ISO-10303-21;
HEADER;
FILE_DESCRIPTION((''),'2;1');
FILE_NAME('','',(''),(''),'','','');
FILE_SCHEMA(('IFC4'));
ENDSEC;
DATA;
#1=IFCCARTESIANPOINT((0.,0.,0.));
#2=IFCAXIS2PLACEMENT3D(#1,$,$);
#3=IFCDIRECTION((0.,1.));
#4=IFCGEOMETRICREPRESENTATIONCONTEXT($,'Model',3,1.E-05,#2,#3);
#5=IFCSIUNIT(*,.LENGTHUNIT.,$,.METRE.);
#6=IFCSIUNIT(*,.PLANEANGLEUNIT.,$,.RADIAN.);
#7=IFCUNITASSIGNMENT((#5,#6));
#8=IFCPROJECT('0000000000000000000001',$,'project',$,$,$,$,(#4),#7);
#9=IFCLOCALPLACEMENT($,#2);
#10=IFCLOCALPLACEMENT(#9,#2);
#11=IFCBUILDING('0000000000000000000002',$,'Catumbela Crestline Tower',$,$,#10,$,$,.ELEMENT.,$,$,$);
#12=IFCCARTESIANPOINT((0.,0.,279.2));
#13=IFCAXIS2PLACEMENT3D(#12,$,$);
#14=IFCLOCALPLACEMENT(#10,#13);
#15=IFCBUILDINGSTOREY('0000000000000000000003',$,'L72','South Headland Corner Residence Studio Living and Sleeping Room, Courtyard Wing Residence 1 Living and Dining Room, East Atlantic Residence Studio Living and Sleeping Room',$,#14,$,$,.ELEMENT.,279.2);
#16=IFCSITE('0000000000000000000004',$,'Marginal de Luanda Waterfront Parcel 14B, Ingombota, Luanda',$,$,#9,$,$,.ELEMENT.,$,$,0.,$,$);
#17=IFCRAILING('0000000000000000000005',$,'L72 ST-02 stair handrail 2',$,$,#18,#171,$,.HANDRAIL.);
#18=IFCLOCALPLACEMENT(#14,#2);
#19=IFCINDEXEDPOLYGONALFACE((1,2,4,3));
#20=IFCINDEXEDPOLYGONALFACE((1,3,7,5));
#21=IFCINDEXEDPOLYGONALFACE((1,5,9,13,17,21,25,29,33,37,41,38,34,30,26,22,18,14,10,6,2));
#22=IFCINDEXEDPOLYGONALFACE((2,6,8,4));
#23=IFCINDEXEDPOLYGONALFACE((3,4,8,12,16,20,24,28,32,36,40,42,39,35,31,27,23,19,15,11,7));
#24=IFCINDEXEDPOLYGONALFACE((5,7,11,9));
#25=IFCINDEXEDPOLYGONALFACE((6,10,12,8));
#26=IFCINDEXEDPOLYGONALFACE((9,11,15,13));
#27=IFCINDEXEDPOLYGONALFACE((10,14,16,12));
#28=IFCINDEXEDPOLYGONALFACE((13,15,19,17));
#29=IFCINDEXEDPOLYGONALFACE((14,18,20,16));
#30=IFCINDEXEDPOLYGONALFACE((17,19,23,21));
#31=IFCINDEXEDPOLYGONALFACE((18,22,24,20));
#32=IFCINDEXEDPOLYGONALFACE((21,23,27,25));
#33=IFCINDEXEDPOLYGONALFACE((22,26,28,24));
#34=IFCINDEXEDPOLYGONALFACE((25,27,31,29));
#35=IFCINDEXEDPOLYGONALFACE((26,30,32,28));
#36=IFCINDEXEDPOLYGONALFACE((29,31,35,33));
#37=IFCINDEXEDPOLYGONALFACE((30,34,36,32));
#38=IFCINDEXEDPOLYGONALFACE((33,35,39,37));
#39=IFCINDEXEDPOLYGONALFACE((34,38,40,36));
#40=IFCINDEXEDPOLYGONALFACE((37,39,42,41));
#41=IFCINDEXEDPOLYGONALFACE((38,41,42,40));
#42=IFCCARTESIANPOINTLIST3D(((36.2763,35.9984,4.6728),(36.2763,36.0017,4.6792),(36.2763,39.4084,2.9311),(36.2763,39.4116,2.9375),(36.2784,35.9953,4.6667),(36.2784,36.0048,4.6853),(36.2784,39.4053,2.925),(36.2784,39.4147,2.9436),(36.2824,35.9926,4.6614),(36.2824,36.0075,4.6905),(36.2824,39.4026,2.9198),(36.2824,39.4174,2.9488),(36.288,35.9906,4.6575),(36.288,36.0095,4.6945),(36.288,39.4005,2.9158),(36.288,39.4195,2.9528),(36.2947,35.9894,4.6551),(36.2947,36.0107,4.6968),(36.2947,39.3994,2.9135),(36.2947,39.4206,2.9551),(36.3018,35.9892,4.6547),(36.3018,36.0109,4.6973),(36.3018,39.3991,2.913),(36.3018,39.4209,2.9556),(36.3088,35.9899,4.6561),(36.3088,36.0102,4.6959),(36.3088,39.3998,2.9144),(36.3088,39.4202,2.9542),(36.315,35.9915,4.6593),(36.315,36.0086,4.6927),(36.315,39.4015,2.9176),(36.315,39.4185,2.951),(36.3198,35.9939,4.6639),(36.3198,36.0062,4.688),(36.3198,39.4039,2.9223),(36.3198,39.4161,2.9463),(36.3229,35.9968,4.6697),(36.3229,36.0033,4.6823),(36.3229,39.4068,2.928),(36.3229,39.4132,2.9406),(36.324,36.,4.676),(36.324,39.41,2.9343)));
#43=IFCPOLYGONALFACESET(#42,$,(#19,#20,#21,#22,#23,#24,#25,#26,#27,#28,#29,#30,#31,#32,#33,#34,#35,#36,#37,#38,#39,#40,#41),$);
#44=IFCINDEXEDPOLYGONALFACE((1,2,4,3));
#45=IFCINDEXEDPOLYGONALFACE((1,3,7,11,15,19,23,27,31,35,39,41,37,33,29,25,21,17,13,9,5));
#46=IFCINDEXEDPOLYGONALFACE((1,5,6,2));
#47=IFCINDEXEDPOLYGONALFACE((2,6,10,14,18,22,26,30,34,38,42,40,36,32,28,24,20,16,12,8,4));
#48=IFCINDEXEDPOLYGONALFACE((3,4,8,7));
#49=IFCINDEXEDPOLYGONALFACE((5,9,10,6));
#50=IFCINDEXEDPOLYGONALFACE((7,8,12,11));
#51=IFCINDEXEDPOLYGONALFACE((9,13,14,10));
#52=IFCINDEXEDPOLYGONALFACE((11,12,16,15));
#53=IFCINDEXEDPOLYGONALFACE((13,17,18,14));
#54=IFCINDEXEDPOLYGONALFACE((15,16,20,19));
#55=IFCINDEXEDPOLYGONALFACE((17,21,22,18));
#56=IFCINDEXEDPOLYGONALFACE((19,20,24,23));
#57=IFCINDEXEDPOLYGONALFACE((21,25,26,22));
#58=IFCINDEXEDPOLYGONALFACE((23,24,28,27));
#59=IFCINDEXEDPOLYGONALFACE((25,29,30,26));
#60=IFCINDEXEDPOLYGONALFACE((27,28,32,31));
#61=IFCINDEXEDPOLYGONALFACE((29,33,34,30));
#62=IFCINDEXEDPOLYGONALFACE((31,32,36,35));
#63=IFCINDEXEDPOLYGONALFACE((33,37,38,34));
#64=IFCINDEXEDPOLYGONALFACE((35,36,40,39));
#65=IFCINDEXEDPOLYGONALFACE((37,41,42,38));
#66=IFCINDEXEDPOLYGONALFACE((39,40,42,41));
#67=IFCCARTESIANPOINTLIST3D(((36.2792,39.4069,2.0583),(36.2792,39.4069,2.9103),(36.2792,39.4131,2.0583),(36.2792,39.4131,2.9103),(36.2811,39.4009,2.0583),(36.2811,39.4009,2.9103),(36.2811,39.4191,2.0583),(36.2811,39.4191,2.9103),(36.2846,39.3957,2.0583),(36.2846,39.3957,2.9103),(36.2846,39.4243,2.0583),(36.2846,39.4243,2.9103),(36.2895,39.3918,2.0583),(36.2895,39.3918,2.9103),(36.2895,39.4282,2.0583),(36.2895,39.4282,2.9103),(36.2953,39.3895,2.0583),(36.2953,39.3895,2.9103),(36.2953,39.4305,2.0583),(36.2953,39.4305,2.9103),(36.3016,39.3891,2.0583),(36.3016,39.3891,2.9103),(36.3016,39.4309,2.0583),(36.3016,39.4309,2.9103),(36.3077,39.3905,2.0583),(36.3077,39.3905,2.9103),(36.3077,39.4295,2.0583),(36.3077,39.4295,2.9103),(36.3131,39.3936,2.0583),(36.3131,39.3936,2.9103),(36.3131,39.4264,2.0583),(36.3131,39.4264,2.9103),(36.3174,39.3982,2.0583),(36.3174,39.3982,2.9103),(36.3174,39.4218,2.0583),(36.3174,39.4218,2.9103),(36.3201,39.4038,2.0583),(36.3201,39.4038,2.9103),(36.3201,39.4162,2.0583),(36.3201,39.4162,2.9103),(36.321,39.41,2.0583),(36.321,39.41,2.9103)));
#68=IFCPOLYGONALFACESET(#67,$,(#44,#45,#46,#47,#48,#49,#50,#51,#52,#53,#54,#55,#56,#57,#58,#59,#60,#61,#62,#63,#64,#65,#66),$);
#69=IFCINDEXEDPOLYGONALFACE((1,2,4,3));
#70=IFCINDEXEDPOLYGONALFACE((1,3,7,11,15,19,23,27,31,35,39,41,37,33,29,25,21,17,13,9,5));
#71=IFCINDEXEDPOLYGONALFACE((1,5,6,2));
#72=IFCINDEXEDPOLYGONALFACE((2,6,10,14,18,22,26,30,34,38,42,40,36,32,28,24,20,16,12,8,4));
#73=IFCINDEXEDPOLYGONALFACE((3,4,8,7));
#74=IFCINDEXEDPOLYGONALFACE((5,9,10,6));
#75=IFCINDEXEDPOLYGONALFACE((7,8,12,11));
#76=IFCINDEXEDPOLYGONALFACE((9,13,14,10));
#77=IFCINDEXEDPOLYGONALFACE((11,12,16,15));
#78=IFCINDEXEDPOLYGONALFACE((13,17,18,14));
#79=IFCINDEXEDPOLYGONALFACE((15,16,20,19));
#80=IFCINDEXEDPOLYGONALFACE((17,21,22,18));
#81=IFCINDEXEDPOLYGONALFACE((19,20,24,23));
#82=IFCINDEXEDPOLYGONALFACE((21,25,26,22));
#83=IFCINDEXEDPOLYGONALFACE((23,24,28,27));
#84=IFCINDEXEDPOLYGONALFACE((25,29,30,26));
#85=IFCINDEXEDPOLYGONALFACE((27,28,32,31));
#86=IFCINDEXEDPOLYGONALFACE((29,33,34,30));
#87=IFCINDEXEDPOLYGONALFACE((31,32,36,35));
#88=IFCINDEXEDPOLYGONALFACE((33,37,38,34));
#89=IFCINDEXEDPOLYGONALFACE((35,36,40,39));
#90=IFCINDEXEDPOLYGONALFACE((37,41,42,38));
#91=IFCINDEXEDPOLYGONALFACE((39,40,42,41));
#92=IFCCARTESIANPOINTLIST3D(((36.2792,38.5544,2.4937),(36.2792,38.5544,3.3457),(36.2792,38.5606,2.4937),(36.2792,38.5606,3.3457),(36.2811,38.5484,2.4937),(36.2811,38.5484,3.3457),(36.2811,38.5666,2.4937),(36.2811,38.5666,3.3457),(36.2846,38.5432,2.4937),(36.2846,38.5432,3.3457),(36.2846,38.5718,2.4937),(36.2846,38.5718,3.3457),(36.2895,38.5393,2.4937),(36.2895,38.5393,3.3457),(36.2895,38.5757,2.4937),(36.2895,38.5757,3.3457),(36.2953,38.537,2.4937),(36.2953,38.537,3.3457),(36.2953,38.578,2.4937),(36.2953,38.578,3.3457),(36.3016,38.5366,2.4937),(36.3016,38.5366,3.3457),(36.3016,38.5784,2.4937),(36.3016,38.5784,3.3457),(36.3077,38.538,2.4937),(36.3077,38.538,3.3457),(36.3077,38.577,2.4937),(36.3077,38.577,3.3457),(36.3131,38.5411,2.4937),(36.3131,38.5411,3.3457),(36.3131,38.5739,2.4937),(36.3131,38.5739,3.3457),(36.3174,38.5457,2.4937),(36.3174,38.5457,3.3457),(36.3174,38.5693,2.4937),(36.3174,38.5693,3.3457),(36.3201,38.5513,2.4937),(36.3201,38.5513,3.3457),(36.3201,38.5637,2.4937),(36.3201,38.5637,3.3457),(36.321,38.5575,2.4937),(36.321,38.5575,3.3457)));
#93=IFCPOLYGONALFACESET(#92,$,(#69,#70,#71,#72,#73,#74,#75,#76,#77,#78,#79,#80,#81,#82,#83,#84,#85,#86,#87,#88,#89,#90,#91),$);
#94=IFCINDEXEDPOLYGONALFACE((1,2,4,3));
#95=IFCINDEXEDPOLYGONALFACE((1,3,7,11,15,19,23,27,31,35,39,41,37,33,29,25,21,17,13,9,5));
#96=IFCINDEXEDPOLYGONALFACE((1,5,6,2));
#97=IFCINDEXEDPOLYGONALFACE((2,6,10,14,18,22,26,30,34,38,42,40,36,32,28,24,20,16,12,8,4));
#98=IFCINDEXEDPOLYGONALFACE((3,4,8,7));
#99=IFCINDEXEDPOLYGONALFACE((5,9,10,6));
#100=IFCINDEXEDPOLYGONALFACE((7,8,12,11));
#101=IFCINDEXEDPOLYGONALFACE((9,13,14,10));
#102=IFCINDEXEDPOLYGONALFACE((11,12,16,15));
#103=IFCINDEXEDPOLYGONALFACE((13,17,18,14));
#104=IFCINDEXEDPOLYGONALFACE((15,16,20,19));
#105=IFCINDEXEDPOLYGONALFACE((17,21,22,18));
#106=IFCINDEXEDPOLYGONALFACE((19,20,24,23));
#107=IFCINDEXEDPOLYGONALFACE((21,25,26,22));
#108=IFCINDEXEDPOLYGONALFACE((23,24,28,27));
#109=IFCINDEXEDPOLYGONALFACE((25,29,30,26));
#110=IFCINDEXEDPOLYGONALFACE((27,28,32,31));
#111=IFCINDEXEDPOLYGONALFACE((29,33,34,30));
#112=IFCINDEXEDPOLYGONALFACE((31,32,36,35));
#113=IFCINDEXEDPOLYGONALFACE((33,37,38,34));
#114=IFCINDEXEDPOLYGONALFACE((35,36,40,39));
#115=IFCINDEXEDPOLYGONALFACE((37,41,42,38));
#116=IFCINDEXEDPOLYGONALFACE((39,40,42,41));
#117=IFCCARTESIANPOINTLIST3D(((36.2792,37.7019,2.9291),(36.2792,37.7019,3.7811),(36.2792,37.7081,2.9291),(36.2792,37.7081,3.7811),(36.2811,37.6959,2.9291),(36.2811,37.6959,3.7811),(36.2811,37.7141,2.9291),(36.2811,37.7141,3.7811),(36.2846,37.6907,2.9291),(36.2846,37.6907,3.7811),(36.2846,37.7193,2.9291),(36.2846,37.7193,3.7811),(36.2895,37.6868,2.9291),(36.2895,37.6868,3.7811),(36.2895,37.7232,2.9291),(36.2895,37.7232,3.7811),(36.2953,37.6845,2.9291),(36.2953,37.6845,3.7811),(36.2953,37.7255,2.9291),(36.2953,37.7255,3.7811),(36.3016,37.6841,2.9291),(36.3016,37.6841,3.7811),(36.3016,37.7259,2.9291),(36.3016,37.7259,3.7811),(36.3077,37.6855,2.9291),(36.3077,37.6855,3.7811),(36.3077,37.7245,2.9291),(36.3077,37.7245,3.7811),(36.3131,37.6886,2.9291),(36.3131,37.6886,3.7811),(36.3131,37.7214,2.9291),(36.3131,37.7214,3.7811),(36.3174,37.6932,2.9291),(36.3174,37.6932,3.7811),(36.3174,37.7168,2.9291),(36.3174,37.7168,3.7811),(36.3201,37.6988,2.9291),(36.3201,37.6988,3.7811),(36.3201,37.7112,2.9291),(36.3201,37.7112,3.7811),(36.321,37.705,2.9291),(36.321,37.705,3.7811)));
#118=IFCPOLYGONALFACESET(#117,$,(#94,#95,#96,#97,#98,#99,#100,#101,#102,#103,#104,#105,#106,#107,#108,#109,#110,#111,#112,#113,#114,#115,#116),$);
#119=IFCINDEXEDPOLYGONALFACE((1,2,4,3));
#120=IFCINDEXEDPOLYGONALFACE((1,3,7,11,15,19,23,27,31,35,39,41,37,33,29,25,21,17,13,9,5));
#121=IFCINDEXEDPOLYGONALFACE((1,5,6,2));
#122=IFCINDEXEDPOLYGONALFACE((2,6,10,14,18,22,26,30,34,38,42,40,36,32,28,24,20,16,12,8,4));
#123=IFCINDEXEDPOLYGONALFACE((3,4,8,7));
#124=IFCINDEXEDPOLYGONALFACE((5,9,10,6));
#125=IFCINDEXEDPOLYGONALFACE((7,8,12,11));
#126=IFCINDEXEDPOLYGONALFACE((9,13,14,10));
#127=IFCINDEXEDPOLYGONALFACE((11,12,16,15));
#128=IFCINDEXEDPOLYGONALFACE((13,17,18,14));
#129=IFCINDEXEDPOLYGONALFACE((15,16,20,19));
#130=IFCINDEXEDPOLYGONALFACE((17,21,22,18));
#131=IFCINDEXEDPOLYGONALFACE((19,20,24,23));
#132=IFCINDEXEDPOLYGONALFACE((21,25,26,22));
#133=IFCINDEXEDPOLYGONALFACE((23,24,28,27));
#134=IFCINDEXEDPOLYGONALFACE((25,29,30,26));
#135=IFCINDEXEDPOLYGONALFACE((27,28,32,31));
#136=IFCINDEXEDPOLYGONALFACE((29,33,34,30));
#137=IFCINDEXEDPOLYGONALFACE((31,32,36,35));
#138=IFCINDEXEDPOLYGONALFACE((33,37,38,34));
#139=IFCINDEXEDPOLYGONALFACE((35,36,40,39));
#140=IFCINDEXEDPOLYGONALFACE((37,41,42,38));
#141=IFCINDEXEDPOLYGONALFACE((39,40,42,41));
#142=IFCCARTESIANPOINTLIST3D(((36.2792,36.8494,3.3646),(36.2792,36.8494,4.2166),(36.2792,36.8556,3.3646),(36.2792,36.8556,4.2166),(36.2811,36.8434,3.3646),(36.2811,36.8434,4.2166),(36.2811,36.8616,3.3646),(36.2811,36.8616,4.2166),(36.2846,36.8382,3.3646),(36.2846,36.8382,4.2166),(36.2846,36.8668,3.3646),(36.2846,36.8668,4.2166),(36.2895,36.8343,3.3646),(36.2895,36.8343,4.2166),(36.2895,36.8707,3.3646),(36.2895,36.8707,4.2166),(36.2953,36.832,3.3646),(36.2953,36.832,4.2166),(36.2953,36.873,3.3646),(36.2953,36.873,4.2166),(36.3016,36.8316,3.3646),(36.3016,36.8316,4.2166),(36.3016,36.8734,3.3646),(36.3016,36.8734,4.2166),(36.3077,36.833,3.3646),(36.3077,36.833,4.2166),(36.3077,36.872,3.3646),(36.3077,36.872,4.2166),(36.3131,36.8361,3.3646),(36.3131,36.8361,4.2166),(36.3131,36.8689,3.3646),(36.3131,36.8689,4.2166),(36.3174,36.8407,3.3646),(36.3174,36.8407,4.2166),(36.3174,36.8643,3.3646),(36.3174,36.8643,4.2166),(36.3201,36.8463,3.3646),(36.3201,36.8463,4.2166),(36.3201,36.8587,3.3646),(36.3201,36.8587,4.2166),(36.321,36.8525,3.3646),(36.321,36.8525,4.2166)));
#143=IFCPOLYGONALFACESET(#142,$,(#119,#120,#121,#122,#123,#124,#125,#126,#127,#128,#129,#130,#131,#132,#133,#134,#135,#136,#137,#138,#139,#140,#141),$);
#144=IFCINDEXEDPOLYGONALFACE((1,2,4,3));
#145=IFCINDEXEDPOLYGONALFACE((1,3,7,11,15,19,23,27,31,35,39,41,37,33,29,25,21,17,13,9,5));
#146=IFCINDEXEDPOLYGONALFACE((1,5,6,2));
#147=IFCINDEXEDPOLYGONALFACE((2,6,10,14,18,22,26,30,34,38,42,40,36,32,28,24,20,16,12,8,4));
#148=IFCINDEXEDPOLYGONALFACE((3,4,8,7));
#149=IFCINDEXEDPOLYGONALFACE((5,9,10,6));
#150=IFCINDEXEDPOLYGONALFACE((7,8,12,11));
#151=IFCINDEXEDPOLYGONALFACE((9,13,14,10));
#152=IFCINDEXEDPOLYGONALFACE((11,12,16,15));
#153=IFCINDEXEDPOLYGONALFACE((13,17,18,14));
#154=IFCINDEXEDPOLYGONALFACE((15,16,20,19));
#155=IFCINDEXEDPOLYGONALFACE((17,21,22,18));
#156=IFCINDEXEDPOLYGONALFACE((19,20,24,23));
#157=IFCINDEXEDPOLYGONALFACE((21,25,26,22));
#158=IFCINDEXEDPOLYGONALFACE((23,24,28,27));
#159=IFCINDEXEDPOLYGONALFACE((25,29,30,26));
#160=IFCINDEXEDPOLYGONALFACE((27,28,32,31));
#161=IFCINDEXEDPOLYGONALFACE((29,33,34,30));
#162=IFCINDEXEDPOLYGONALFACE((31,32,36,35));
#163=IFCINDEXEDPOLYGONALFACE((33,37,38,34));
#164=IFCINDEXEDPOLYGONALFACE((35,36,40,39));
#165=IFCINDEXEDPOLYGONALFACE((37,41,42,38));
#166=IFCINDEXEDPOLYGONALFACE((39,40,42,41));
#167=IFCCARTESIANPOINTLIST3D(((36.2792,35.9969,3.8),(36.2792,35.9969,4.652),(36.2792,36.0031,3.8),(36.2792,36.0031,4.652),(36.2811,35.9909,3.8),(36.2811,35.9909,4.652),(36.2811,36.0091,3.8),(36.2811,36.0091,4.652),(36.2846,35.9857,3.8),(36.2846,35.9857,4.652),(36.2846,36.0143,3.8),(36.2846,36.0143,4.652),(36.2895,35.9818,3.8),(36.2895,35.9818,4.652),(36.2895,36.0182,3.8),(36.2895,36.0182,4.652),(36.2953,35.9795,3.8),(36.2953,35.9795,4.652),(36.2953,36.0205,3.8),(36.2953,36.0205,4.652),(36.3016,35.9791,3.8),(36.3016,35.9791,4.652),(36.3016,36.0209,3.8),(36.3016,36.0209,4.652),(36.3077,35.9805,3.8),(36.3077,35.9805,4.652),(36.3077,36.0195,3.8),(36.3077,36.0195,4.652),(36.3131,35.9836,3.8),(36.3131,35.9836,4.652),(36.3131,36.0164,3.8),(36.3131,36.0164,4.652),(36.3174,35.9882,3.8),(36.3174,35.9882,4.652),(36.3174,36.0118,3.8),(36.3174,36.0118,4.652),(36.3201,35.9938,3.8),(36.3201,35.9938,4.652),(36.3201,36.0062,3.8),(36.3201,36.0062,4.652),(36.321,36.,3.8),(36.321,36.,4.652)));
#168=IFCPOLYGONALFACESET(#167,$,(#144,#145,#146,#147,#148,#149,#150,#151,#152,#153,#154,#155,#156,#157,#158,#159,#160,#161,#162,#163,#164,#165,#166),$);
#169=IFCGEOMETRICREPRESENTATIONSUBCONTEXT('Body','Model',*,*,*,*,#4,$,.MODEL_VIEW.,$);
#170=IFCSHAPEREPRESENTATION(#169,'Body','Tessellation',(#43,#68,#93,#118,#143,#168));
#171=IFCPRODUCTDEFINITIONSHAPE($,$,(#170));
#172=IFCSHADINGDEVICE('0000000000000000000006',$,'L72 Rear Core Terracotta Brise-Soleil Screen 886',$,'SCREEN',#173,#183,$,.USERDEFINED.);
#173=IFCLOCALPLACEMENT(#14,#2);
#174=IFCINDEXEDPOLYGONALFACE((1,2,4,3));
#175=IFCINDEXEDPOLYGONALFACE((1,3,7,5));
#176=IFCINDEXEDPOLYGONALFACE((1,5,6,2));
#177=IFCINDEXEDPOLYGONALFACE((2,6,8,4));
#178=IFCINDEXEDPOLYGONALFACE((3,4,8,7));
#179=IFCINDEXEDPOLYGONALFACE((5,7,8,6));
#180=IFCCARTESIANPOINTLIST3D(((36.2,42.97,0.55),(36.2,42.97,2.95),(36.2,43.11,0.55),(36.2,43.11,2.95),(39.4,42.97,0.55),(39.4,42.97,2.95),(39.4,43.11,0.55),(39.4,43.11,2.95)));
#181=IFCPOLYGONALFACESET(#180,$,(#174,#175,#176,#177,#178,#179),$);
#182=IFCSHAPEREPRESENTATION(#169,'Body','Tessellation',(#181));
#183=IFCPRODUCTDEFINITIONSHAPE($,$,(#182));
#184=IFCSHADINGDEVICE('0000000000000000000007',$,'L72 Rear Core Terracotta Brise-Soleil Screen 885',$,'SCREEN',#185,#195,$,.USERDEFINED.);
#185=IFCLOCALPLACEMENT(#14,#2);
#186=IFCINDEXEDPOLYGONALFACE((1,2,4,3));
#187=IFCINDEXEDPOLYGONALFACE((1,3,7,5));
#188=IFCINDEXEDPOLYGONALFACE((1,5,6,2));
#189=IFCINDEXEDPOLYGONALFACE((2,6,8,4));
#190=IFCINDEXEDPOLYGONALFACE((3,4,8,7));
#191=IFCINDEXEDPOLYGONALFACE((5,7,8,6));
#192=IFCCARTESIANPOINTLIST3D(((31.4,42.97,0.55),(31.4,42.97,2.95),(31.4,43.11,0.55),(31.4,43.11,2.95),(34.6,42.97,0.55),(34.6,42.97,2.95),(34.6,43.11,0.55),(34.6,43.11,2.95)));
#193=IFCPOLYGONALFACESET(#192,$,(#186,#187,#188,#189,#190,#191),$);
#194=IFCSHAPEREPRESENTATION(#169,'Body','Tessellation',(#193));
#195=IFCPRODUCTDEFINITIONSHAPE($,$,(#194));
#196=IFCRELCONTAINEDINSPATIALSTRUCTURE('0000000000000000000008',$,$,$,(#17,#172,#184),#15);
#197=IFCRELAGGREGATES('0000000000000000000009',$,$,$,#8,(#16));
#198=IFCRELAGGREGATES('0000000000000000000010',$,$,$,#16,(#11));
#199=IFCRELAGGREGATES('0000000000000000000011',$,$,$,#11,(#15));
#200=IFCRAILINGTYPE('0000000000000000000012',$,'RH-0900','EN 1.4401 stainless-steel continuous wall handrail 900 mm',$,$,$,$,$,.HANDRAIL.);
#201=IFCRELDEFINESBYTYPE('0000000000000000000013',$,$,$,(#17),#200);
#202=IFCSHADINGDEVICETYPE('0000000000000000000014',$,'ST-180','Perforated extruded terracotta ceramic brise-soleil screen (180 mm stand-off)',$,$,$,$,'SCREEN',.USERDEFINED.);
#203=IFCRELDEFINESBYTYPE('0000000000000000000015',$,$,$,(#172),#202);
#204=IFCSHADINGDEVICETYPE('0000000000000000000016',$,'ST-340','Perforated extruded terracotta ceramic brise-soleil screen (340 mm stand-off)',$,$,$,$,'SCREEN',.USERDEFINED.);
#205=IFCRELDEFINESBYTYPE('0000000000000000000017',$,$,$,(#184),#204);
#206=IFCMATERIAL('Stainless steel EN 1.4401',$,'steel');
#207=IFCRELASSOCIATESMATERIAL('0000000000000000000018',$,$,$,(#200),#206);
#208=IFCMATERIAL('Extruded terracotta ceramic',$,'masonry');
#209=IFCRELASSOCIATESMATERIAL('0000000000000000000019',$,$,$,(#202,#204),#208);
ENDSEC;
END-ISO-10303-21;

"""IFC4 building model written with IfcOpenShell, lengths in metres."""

from ifc_helpers import new_model, si_unit, direction, frame, origin, origin_2d, place, context, subcontext, project, spatial, rectangle, circle, extrude, material, type_object, element, save


model = new_model("IFC4")

# Units and contexts
model_context = context("Model", 3, precision=1e-05, world=origin(), true_north=direction((0.0, 1.0)))
body_context = subcontext(model_context, "Body", "Model", "MODEL_VIEW")
ifc_project = project(units=[si_unit("LENGTHUNIT", "METRE"), si_unit("PLANEANGLEUNIT", "RADIAN")], contexts=[model_context])

# Site, building, storey
site_placement = place(None, origin())
site = spatial("IfcSite", under=ifc_project, at=site_placement, Name="Marginal de Luanda Waterfront Parcel 14B, Ingombota, Luanda", CompositionType="ELEMENT", RefElevation=0.0)
building_placement = place(site_placement, origin())
building = spatial("IfcBuilding", under=site, at=building_placement, Name="Catumbela Crestline Tower", CompositionType="ELEMENT")
storey_placement = place(building_placement, frame((0.0, 0.0, 279.2)))
storey = spatial("IfcBuildingStorey", under=building, at=storey_placement, Name="L72", Description="South Headland Corner Residence Studio Living and Sleeping Room, Courtyard Wing Residence 1 Living and Dining Room, East Atlantic Residence Studio Living and Sleeping Room", CompositionType="ELEMENT", Elevation=279.2)

# Shared definitions
ifc_material_1 = material(Name="Stainless steel EN 1.4401", Category="steel")

# Railing
railing_type_1 = type_object("IfcRailingType", Name="RH-0900", Description="EN 1.4401 stainless-steel continuous wall handrail 900 mm", PredefinedType="HANDRAIL", material=ifc_material_1)
railing_1_placement = place(storey_placement, frame((36.3, 39.41, 2.0583)))
element("IfcRailing", 1, at=railing_1_placement, inside=storey, type_object=railing_type_1, Name="L72 ST-02 stair handrail 2", PredefinedType="HANDRAIL", context=body_context, shape_type="SweptSolid", body=[
    extrude(circle(Radius=0.024, at=origin_2d()), frame((0.0, 0.0, 0.876), z_axis=(0.0, -0.89056, 0.454865), x_axis=(1.0, 0.0, 0.0)), (0.0, 0.0, 1.0), 3.829),
    extrude(circle(Radius=0.021, at=origin_2d()), origin(), (0.0, 0.0, 1.0), 0.852),
    extrude(circle(Radius=0.021, at=origin_2d()), frame((0.0, -0.8525, 0.4354)), (0.0, 0.0, 1.0), 0.852),
    extrude(circle(Radius=0.021, at=origin_2d()), frame((0.0, -1.705, 0.8708)), (0.0, 0.0, 1.0), 0.852),
    extrude(circle(Radius=0.021, at=origin_2d()), frame((0.0, -2.5575, 1.3063)), (0.0, 0.0, 1.0), 0.852),
    extrude(circle(Radius=0.021, at=origin_2d()), frame((0.0, -3.41, 1.7417)), (0.0, 0.0, 1.0), 0.852),
])

# Shading devices
ifc_material_2 = material(Name="Extruded terracotta ceramic", Category="masonry")
shading_device_type_1 = type_object("IfcShadingDeviceType", Name="ST-180", Description="Perforated extruded terracotta ceramic brise-soleil screen (180 mm stand-off)", ElementType="SCREEN", PredefinedType="USERDEFINED", material=ifc_material_2)
shading_device_1_placement = place(storey_placement, frame((37.8, 43.04, 0.55), z_axis=(0.0, 0.0, 1.0), x_axis=(1.0, 0.0, 0.0)))
element("IfcShadingDevice", 2, at=shading_device_1_placement, inside=storey, type_object=shading_device_type_1, Name="L72 Rear Core Terracotta Brise-Soleil Screen 886", ObjectType="SCREEN", PredefinedType="USERDEFINED", context=body_context, shape_type="SweptSolid", body=[
    extrude(rectangle(XDim=3.2, YDim=0.14, at=origin_2d()), origin(), (0.0, 0.0, 1.0), 2.4),
])
shading_device_type_2 = type_object("IfcShadingDeviceType", Name="ST-340", Description="Perforated extruded terracotta ceramic brise-soleil screen (340 mm stand-off)", ElementType="SCREEN", PredefinedType="USERDEFINED", material=ifc_material_2)
shading_device_2_placement = place(storey_placement, frame((33.0, 43.04, 0.55), z_axis=(0.0, 0.0, 1.0), x_axis=(1.0, 0.0, 0.0)))
element("IfcShadingDevice", 3, at=shading_device_2_placement, inside=storey, type_object=shading_device_type_2, Name="L72 Rear Core Terracotta Brise-Soleil Screen 885", ObjectType="SCREEN", PredefinedType="USERDEFINED", context=body_context, shape_type="SweptSolid", body=[
    extrude(rectangle(XDim=3.2, YDim=0.14, at=origin_2d()), origin(), (0.0, 0.0, 1.0), 2.4),
])

save(model, "model.ifc")
